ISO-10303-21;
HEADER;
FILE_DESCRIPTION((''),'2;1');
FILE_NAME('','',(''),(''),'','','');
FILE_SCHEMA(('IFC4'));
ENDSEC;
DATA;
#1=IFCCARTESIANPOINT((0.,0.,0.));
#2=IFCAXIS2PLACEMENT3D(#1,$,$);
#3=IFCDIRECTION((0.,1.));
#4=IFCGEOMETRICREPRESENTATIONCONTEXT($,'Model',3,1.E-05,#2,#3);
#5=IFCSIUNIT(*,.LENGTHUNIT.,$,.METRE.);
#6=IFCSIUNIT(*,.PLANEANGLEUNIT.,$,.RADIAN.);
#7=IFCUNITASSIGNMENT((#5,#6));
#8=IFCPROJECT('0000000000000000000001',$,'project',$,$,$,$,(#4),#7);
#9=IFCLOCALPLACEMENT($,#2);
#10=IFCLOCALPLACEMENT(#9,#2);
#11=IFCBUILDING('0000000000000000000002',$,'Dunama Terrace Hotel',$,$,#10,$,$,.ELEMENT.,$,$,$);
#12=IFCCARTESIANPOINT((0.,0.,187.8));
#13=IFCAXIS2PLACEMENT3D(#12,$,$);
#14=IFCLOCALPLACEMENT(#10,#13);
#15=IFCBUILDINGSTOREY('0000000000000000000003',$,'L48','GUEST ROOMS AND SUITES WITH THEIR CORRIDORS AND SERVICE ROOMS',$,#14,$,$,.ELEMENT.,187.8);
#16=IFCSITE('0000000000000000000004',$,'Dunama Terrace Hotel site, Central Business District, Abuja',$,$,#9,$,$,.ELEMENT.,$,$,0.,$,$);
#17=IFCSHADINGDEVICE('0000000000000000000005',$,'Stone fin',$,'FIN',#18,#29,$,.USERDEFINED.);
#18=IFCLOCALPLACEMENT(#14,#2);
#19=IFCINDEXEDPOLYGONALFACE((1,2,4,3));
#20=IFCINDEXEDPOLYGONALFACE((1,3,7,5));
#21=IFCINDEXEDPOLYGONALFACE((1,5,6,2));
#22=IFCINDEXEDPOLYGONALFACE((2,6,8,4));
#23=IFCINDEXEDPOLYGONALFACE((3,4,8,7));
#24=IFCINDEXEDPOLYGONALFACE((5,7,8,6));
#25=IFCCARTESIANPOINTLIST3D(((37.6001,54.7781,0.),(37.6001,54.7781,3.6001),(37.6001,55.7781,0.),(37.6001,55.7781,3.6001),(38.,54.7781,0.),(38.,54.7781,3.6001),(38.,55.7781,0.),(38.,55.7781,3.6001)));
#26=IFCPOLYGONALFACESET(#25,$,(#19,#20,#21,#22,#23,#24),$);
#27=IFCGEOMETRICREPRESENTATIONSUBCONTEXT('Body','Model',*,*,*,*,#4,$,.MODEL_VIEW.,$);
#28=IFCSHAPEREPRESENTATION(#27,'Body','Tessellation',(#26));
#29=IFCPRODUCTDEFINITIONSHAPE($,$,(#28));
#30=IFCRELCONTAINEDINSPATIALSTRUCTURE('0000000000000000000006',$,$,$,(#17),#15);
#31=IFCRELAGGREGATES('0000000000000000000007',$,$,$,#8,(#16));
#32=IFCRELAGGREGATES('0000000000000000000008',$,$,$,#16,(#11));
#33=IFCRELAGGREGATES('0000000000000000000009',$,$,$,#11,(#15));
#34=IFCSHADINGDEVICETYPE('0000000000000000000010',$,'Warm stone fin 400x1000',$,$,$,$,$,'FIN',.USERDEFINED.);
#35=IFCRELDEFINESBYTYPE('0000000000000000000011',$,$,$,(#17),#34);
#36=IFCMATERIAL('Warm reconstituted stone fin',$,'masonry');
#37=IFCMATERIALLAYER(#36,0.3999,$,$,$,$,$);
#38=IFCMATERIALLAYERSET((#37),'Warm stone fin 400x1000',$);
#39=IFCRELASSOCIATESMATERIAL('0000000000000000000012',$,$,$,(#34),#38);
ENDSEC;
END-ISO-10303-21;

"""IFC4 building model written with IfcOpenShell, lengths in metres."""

from ifc_helpers import new_model, si_unit, direction, frame, origin, origin_2d, place, context, subcontext, project, spatial, rectangle, extrude, material, layer, layer_set, type_object, element, save


model = new_model("IFC4")

# Units and contexts
model_context = context("Model", 3, precision=1e-05, world=origin(), true_north=direction((0.0, 1.0)))
body_context = subcontext(model_context, "Body", "Model", "MODEL_VIEW")
ifc_project = project(units=[si_unit("LENGTHUNIT", "METRE"), si_unit("PLANEANGLEUNIT", "RADIAN")], contexts=[model_context])

# Site, building, storey
site_placement = place(None, origin())
site = spatial("IfcSite", under=ifc_project, at=site_placement, Name="Dunama Terrace Hotel site, Central Business District, Abuja", CompositionType="ELEMENT", RefElevation=0.0)
building_placement = place(site_placement, origin())
building = spatial("IfcBuilding", under=site, at=building_placement, Name="Dunama Terrace Hotel", CompositionType="ELEMENT")
storey_placement = place(building_placement, frame((0.0, 0.0, 187.8)))
storey = spatial("IfcBuildingStorey", under=building, at=storey_placement, Name="L48", Description="GUEST ROOMS AND SUITES WITH THEIR CORRIDORS AND SERVICE ROOMS", CompositionType="ELEMENT", Elevation=187.8)

# Shading device
ifc_material_1 = material(Name="Warm reconstituted stone fin", Category="masonry")
ifc_layer_1 = layer(ifc_material_1, 0.3999)
ifc_layer_set_1 = layer_set([ifc_layer_1], Name="Warm stone fin 400x1000")
shading_device_type = type_object("IfcShadingDeviceType", Name="Warm stone fin 400x1000", ElementType="FIN", PredefinedType="USERDEFINED", material=ifc_layer_set_1)
shading_device_placement = place(storey_placement, frame((37.8, 55.2781, 0.0), z_axis=(0.0, 0.0, 1.0), x_axis=(-1.0, 0.0, 0.0)))
element("IfcShadingDevice", 1, at=shading_device_placement, inside=storey, type_object=shading_device_type, Name="Stone fin", ObjectType="FIN", PredefinedType="USERDEFINED", context=body_context, shape_type="SweptSolid", body=[
    extrude(rectangle(XDim=0.3999, YDim=1.0, at=origin_2d()), origin(), (0.0, 0.0, 1.0), 3.6001),
])

save(model, "model.ifc")
